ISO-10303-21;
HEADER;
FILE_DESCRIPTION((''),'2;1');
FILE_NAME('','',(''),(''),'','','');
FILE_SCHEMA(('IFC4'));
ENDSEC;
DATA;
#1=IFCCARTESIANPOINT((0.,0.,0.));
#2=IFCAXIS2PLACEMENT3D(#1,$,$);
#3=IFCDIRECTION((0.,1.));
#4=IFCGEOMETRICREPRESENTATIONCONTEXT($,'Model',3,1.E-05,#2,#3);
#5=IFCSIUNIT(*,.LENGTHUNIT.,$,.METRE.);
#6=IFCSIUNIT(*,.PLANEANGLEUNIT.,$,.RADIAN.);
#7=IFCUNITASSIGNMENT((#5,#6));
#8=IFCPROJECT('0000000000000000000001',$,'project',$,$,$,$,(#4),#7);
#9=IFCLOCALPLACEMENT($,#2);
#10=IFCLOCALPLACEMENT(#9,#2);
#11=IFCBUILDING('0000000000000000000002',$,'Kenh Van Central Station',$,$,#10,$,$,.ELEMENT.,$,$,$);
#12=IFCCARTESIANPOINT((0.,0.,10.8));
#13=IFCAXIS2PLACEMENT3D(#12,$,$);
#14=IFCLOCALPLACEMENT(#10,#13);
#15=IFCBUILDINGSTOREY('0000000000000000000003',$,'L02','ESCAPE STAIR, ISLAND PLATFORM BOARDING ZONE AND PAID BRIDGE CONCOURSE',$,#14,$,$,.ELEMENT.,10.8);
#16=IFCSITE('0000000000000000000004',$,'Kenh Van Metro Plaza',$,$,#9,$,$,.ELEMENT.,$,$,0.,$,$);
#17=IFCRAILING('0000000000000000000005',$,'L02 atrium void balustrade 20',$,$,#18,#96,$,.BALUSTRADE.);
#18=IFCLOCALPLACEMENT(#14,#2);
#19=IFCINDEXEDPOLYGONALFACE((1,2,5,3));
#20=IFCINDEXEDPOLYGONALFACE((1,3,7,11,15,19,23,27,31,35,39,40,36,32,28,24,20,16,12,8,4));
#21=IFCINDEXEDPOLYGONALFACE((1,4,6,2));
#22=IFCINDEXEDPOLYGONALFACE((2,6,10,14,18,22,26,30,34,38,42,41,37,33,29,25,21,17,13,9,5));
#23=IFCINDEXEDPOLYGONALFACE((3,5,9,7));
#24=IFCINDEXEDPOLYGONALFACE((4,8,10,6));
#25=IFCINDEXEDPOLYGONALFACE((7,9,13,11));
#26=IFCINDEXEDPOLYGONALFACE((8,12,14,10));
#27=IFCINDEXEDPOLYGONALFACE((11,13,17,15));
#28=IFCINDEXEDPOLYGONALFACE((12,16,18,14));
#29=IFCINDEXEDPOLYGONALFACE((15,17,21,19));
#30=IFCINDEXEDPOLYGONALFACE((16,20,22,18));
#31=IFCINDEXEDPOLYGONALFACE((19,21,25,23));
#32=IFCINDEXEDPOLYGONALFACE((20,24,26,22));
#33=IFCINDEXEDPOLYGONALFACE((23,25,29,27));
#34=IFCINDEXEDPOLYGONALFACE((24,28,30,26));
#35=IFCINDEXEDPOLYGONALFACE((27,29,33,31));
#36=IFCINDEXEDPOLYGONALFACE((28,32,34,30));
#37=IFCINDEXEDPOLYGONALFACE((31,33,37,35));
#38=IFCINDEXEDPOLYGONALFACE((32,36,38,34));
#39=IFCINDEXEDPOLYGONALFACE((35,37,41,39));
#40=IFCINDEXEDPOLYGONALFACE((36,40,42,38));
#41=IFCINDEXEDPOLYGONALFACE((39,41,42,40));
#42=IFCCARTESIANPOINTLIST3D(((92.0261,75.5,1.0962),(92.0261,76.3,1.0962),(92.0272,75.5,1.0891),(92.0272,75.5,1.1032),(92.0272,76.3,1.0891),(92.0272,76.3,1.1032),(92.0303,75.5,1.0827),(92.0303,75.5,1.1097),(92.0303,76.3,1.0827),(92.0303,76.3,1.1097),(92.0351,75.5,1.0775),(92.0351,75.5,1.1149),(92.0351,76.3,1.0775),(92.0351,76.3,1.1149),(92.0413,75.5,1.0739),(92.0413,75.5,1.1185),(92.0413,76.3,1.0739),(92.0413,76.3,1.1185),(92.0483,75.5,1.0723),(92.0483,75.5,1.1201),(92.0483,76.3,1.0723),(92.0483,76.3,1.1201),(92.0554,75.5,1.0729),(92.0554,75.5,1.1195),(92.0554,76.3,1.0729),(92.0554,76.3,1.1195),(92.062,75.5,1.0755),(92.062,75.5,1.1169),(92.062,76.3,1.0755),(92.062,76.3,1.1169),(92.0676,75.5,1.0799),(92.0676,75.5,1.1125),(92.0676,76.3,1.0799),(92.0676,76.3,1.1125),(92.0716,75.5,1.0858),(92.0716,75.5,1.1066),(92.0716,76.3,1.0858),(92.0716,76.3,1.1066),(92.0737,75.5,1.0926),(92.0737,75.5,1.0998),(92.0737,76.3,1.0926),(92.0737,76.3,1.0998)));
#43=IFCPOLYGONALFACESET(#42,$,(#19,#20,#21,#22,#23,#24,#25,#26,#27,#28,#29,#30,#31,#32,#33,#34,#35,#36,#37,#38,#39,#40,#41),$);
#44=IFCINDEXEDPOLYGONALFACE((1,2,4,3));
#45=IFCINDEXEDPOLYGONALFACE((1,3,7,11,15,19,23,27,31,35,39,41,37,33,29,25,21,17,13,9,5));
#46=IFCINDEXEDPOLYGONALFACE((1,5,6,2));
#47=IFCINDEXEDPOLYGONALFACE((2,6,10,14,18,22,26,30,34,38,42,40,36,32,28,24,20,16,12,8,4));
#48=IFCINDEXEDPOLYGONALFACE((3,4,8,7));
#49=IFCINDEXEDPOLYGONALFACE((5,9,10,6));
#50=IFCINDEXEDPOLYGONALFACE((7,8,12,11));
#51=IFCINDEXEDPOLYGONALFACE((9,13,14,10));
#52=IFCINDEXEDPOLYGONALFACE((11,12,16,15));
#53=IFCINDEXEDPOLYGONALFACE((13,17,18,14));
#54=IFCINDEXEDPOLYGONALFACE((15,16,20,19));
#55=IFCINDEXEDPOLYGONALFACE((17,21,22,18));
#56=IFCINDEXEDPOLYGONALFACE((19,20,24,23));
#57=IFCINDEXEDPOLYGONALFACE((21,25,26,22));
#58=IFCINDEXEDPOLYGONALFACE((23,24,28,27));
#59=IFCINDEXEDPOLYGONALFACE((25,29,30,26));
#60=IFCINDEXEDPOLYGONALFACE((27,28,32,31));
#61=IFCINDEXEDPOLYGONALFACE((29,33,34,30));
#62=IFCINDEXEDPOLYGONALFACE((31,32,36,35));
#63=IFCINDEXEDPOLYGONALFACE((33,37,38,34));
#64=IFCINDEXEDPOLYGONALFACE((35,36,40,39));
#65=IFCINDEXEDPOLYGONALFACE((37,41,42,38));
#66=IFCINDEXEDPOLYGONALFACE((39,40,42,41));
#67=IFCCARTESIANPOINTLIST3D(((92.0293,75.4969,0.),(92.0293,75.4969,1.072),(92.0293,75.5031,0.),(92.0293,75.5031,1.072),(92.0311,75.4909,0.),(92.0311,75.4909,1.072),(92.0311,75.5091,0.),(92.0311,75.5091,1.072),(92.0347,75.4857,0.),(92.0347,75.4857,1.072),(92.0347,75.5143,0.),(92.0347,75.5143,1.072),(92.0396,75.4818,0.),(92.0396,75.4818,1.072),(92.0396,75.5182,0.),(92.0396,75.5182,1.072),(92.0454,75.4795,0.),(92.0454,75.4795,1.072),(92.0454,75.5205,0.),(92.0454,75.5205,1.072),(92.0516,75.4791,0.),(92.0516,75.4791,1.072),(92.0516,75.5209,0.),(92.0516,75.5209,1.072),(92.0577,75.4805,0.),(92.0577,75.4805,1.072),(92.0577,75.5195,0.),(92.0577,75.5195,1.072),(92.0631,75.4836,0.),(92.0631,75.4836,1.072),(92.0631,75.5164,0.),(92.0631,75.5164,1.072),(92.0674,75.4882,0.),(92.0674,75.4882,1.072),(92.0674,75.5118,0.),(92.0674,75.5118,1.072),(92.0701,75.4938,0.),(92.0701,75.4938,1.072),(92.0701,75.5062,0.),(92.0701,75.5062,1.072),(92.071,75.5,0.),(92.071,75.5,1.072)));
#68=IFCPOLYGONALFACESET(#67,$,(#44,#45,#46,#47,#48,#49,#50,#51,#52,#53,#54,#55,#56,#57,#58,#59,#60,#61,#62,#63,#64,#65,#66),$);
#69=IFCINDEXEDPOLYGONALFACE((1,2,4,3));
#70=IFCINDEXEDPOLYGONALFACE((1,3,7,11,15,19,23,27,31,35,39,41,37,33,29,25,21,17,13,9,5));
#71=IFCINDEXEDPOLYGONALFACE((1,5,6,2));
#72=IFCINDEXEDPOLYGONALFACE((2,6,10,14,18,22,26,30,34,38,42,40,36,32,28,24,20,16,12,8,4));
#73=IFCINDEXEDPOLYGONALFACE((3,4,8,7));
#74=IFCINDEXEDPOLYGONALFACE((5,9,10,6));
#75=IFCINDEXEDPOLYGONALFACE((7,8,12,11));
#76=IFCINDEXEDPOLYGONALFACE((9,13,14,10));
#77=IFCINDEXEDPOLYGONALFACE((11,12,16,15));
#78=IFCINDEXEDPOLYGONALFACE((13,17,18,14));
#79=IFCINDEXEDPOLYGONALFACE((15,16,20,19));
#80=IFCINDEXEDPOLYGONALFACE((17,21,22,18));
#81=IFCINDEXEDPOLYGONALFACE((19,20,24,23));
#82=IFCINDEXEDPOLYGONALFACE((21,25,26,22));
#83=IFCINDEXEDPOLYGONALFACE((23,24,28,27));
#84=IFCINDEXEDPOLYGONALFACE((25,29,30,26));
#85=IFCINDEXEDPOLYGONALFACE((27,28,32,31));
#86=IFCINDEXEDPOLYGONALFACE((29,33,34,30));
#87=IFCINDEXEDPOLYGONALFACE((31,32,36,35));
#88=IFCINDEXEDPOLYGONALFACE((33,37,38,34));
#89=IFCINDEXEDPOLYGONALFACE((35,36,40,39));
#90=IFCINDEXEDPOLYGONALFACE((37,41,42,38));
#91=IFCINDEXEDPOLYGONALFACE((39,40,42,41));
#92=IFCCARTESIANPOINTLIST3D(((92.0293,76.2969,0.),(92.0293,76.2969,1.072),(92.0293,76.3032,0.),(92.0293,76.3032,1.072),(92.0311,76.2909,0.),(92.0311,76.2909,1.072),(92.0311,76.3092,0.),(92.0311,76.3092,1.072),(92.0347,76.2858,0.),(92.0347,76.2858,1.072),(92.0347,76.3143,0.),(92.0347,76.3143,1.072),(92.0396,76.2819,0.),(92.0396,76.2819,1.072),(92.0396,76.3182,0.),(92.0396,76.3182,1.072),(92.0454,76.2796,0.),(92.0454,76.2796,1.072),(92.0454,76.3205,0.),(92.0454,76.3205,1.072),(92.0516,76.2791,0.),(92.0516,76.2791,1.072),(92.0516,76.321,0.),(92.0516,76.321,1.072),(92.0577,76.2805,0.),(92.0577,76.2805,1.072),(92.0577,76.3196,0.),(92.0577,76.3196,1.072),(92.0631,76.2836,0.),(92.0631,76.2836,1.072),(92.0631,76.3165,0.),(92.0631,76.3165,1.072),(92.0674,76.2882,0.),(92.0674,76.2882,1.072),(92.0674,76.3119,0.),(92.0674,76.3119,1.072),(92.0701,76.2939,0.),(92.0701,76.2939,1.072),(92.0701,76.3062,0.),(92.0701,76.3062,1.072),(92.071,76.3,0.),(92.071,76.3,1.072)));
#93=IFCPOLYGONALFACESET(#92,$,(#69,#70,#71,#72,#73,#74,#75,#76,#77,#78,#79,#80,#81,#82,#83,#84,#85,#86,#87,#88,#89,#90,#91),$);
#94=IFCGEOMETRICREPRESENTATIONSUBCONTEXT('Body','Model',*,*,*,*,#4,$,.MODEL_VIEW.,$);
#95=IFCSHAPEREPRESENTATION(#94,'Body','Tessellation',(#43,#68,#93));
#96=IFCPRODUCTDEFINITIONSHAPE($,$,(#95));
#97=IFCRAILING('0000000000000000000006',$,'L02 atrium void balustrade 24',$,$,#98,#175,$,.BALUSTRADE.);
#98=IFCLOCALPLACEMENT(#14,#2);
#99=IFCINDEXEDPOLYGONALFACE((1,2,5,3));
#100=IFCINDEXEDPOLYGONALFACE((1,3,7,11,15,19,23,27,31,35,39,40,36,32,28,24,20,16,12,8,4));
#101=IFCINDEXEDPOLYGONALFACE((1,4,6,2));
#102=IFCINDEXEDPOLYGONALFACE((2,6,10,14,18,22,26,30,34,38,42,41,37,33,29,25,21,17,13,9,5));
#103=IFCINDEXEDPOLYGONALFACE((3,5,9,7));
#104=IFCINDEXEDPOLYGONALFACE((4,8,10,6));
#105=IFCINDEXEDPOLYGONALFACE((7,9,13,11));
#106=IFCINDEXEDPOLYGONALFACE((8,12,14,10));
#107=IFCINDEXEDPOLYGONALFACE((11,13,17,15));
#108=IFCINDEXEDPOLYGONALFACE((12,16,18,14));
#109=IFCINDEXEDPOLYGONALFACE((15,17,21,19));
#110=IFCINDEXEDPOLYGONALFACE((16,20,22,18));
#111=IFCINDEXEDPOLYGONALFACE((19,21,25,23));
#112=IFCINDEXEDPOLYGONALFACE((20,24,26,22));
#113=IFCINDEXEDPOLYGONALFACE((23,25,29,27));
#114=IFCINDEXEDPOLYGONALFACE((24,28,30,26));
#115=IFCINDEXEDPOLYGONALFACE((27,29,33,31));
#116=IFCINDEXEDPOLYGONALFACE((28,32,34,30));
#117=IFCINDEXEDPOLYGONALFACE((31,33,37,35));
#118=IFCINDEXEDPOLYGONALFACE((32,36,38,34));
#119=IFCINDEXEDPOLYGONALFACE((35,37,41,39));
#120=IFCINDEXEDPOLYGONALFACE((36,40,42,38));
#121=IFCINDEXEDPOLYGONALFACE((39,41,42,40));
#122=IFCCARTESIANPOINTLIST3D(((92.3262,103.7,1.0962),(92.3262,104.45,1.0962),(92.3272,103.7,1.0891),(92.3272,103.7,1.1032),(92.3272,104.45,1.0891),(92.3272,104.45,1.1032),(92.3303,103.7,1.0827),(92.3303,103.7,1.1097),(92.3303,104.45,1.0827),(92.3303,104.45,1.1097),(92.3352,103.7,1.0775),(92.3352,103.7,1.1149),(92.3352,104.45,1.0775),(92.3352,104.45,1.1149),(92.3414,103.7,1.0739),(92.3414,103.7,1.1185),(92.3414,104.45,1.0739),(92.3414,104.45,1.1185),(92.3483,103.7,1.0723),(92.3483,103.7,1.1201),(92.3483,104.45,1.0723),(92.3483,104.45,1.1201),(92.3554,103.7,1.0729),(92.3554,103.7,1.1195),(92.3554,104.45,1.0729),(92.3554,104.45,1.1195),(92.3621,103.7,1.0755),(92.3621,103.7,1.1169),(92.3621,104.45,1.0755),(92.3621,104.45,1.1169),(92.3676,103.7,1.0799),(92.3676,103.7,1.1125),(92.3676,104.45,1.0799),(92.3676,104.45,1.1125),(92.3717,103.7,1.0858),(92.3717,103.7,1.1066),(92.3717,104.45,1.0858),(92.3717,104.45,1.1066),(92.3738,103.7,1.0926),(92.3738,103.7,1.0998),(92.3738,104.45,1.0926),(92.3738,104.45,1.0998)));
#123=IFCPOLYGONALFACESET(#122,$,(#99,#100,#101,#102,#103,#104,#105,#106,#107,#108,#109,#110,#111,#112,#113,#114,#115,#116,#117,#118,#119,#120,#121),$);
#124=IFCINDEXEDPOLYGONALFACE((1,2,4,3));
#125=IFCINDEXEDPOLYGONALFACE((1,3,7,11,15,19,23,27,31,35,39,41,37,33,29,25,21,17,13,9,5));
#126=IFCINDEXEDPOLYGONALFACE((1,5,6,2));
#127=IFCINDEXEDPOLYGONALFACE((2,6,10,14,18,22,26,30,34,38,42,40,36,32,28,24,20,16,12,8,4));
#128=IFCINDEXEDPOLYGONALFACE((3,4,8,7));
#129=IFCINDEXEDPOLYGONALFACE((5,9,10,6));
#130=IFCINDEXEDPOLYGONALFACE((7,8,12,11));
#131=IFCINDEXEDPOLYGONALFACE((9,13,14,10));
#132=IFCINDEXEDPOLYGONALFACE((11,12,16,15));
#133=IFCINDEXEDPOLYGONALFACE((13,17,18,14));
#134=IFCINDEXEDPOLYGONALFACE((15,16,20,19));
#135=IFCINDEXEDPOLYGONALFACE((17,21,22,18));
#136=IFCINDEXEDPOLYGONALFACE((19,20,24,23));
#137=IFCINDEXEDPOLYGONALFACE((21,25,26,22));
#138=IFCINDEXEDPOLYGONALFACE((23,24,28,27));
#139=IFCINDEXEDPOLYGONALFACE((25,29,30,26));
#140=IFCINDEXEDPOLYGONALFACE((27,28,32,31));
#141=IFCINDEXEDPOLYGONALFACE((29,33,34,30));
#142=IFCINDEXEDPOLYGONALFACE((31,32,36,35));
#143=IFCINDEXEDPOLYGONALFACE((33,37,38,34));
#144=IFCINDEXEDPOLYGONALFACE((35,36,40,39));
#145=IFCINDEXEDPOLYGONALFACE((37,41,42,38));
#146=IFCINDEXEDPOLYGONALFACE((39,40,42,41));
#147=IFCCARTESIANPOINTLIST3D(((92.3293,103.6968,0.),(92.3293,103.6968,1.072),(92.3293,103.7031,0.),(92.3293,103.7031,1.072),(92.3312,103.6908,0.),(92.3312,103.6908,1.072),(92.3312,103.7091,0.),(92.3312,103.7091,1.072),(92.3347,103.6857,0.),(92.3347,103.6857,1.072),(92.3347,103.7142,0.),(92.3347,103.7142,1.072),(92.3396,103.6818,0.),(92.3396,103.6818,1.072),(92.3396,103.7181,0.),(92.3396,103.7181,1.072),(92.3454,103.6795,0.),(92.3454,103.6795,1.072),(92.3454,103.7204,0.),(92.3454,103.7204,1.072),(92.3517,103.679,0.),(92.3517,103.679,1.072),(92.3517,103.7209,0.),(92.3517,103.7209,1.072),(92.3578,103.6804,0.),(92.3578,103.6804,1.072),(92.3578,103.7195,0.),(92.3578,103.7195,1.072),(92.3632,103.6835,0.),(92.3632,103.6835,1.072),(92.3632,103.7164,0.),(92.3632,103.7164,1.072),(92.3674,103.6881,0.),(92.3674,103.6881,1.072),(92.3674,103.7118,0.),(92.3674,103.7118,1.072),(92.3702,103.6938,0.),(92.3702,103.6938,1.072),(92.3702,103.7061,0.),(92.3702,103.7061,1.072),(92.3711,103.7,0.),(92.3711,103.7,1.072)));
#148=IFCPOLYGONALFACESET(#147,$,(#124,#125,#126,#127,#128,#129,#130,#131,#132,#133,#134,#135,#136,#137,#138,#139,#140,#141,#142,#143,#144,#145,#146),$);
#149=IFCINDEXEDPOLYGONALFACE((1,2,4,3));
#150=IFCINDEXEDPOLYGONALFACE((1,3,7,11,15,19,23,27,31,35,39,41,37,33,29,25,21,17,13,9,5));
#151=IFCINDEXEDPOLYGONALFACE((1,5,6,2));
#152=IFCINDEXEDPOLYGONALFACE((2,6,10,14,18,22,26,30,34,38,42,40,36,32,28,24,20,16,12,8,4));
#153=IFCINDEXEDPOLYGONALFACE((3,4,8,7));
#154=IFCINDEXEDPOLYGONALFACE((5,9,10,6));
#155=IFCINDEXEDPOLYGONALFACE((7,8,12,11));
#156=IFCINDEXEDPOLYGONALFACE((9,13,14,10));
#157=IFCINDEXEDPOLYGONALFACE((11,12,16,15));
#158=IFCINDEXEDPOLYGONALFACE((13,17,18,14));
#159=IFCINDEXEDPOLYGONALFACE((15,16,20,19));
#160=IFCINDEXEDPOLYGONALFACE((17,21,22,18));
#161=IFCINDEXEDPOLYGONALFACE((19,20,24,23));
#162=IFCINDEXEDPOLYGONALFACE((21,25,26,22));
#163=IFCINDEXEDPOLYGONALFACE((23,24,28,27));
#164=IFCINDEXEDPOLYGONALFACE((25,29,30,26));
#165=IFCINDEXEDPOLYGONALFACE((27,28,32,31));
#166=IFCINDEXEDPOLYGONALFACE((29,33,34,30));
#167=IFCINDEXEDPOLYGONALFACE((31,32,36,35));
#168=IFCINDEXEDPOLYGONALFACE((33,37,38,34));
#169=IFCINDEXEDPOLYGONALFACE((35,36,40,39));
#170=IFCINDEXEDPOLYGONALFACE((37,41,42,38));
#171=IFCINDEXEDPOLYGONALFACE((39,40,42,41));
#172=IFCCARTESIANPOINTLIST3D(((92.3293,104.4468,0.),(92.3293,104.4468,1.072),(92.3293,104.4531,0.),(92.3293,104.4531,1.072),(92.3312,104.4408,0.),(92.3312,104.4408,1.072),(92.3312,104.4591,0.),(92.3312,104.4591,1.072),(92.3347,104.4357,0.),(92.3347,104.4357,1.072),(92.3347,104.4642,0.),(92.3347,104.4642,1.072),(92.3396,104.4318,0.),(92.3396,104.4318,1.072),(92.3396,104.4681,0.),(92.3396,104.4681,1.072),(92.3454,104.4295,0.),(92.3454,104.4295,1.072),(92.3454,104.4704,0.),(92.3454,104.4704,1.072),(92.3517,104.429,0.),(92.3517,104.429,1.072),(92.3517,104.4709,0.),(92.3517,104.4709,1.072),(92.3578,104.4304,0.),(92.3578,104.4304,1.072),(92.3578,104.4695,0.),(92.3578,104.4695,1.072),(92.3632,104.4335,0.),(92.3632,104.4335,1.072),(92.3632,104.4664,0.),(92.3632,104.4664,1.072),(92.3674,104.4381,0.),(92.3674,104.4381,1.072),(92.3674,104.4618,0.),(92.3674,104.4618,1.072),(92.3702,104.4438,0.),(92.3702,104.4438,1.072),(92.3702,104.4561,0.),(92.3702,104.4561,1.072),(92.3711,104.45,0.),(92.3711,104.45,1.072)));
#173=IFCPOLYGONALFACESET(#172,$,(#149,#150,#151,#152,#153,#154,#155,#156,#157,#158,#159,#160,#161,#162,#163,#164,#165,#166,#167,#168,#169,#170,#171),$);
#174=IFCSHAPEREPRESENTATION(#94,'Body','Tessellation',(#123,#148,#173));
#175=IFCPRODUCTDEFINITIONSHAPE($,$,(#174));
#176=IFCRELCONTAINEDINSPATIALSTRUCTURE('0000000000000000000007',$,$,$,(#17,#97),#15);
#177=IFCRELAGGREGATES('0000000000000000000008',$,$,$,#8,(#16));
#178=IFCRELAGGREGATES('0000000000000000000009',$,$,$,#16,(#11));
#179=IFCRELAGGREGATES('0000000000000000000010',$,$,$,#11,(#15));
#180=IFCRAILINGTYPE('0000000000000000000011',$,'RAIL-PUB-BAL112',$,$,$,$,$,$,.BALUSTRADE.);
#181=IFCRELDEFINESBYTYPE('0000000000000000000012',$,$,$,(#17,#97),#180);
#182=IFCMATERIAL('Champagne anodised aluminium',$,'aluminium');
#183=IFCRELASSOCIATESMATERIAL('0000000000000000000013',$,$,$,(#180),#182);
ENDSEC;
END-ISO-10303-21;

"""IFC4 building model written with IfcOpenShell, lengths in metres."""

from ifc_helpers import new_model, si_unit, direction, frame, origin, origin_2d, place, context, subcontext, project, spatial, circle, extrude, material, type_object, element, save


model = new_model("IFC4")

# Units and contexts
model_context = context("Model", 3, precision=1e-05, world=origin(), true_north=direction((0.0, 1.0)))
body_context = subcontext(model_context, "Body", "Model", "MODEL_VIEW")
ifc_project = project(units=[si_unit("LENGTHUNIT", "METRE"), si_unit("PLANEANGLEUNIT", "RADIAN")], contexts=[model_context])

# Site, building, storey
site_placement = place(None, origin())
site = spatial("IfcSite", under=ifc_project, at=site_placement, Name="Kenh Van Metro Plaza", CompositionType="ELEMENT", RefElevation=0.0)
building_placement = place(site_placement, origin())
building = spatial("IfcBuilding", under=site, at=building_placement, Name="Kenh Van Central Station", CompositionType="ELEMENT")
storey_placement = place(building_placement, frame((0.0, 0.0, 10.8)))
storey = spatial("IfcBuildingStorey", under=building, at=storey_placement, Name="L02", Description="ESCAPE STAIR, ISLAND PLATFORM BOARDING ZONE AND PAID BRIDGE CONCOURSE", CompositionType="ELEMENT", Elevation=10.8)

# Railings
ifc_material_1 = material(Name="Champagne anodised aluminium", Category="aluminium")
railing_type_1 = type_object("IfcRailingType", Name="RAIL-PUB-BAL112", PredefinedType="BALUSTRADE", material=ifc_material_1)
for number, where, name in (
    (1, (92.05, 75.5, 0.0), "L02 atrium void balustrade 20"),
):
    element("IfcRailing", number, at=place(storey_placement, frame(where)), inside=storey, type_object=railing_type_1, Name=name, PredefinedType="BALUSTRADE", context=body_context, shape_type="SweptSolid", body=[
        extrude(circle(Radius=0.0239, at=origin_2d()), frame((0.0, 0.0, 1.0962), z_axis=(0.0, 1.0, 0.0), x_axis=(-1.0, 0.0, 0.0)), (0.0, 0.0, 1.0), 0.8),
        extrude(circle(Radius=0.021, at=origin_2d()), origin(), (0.0, 0.0, 1.0), 1.072),
        extrude(circle(Radius=0.021, at=origin_2d()), frame((0.0, 0.8, 0.0)), (0.0, 0.0, 1.0), 1.072),
    ])
for number, where, name in (
    (2, (92.3501, 103.7, 0.0), "L02 atrium void balustrade 24"),
):
    element("IfcRailing", number, at=place(storey_placement, frame(where)), inside=storey, type_object=railing_type_1, Name=name, PredefinedType="BALUSTRADE", context=body_context, shape_type="SweptSolid", body=[
        extrude(circle(Radius=0.0239, at=origin_2d()), frame((0.0, 0.0, 1.0962), z_axis=(0.0, 1.0, 0.0), x_axis=(-1.0, 0.0, 0.0)), (0.0, 0.0, 1.0), 0.75),
        extrude(circle(Radius=0.021, at=origin_2d()), origin(), (0.0, 0.0, 1.0), 1.072),
        extrude(circle(Radius=0.021, at=origin_2d()), frame((0.0, 0.75, 0.0)), (0.0, 0.0, 1.0), 1.072),
    ])

save(model, "model.ifc")
